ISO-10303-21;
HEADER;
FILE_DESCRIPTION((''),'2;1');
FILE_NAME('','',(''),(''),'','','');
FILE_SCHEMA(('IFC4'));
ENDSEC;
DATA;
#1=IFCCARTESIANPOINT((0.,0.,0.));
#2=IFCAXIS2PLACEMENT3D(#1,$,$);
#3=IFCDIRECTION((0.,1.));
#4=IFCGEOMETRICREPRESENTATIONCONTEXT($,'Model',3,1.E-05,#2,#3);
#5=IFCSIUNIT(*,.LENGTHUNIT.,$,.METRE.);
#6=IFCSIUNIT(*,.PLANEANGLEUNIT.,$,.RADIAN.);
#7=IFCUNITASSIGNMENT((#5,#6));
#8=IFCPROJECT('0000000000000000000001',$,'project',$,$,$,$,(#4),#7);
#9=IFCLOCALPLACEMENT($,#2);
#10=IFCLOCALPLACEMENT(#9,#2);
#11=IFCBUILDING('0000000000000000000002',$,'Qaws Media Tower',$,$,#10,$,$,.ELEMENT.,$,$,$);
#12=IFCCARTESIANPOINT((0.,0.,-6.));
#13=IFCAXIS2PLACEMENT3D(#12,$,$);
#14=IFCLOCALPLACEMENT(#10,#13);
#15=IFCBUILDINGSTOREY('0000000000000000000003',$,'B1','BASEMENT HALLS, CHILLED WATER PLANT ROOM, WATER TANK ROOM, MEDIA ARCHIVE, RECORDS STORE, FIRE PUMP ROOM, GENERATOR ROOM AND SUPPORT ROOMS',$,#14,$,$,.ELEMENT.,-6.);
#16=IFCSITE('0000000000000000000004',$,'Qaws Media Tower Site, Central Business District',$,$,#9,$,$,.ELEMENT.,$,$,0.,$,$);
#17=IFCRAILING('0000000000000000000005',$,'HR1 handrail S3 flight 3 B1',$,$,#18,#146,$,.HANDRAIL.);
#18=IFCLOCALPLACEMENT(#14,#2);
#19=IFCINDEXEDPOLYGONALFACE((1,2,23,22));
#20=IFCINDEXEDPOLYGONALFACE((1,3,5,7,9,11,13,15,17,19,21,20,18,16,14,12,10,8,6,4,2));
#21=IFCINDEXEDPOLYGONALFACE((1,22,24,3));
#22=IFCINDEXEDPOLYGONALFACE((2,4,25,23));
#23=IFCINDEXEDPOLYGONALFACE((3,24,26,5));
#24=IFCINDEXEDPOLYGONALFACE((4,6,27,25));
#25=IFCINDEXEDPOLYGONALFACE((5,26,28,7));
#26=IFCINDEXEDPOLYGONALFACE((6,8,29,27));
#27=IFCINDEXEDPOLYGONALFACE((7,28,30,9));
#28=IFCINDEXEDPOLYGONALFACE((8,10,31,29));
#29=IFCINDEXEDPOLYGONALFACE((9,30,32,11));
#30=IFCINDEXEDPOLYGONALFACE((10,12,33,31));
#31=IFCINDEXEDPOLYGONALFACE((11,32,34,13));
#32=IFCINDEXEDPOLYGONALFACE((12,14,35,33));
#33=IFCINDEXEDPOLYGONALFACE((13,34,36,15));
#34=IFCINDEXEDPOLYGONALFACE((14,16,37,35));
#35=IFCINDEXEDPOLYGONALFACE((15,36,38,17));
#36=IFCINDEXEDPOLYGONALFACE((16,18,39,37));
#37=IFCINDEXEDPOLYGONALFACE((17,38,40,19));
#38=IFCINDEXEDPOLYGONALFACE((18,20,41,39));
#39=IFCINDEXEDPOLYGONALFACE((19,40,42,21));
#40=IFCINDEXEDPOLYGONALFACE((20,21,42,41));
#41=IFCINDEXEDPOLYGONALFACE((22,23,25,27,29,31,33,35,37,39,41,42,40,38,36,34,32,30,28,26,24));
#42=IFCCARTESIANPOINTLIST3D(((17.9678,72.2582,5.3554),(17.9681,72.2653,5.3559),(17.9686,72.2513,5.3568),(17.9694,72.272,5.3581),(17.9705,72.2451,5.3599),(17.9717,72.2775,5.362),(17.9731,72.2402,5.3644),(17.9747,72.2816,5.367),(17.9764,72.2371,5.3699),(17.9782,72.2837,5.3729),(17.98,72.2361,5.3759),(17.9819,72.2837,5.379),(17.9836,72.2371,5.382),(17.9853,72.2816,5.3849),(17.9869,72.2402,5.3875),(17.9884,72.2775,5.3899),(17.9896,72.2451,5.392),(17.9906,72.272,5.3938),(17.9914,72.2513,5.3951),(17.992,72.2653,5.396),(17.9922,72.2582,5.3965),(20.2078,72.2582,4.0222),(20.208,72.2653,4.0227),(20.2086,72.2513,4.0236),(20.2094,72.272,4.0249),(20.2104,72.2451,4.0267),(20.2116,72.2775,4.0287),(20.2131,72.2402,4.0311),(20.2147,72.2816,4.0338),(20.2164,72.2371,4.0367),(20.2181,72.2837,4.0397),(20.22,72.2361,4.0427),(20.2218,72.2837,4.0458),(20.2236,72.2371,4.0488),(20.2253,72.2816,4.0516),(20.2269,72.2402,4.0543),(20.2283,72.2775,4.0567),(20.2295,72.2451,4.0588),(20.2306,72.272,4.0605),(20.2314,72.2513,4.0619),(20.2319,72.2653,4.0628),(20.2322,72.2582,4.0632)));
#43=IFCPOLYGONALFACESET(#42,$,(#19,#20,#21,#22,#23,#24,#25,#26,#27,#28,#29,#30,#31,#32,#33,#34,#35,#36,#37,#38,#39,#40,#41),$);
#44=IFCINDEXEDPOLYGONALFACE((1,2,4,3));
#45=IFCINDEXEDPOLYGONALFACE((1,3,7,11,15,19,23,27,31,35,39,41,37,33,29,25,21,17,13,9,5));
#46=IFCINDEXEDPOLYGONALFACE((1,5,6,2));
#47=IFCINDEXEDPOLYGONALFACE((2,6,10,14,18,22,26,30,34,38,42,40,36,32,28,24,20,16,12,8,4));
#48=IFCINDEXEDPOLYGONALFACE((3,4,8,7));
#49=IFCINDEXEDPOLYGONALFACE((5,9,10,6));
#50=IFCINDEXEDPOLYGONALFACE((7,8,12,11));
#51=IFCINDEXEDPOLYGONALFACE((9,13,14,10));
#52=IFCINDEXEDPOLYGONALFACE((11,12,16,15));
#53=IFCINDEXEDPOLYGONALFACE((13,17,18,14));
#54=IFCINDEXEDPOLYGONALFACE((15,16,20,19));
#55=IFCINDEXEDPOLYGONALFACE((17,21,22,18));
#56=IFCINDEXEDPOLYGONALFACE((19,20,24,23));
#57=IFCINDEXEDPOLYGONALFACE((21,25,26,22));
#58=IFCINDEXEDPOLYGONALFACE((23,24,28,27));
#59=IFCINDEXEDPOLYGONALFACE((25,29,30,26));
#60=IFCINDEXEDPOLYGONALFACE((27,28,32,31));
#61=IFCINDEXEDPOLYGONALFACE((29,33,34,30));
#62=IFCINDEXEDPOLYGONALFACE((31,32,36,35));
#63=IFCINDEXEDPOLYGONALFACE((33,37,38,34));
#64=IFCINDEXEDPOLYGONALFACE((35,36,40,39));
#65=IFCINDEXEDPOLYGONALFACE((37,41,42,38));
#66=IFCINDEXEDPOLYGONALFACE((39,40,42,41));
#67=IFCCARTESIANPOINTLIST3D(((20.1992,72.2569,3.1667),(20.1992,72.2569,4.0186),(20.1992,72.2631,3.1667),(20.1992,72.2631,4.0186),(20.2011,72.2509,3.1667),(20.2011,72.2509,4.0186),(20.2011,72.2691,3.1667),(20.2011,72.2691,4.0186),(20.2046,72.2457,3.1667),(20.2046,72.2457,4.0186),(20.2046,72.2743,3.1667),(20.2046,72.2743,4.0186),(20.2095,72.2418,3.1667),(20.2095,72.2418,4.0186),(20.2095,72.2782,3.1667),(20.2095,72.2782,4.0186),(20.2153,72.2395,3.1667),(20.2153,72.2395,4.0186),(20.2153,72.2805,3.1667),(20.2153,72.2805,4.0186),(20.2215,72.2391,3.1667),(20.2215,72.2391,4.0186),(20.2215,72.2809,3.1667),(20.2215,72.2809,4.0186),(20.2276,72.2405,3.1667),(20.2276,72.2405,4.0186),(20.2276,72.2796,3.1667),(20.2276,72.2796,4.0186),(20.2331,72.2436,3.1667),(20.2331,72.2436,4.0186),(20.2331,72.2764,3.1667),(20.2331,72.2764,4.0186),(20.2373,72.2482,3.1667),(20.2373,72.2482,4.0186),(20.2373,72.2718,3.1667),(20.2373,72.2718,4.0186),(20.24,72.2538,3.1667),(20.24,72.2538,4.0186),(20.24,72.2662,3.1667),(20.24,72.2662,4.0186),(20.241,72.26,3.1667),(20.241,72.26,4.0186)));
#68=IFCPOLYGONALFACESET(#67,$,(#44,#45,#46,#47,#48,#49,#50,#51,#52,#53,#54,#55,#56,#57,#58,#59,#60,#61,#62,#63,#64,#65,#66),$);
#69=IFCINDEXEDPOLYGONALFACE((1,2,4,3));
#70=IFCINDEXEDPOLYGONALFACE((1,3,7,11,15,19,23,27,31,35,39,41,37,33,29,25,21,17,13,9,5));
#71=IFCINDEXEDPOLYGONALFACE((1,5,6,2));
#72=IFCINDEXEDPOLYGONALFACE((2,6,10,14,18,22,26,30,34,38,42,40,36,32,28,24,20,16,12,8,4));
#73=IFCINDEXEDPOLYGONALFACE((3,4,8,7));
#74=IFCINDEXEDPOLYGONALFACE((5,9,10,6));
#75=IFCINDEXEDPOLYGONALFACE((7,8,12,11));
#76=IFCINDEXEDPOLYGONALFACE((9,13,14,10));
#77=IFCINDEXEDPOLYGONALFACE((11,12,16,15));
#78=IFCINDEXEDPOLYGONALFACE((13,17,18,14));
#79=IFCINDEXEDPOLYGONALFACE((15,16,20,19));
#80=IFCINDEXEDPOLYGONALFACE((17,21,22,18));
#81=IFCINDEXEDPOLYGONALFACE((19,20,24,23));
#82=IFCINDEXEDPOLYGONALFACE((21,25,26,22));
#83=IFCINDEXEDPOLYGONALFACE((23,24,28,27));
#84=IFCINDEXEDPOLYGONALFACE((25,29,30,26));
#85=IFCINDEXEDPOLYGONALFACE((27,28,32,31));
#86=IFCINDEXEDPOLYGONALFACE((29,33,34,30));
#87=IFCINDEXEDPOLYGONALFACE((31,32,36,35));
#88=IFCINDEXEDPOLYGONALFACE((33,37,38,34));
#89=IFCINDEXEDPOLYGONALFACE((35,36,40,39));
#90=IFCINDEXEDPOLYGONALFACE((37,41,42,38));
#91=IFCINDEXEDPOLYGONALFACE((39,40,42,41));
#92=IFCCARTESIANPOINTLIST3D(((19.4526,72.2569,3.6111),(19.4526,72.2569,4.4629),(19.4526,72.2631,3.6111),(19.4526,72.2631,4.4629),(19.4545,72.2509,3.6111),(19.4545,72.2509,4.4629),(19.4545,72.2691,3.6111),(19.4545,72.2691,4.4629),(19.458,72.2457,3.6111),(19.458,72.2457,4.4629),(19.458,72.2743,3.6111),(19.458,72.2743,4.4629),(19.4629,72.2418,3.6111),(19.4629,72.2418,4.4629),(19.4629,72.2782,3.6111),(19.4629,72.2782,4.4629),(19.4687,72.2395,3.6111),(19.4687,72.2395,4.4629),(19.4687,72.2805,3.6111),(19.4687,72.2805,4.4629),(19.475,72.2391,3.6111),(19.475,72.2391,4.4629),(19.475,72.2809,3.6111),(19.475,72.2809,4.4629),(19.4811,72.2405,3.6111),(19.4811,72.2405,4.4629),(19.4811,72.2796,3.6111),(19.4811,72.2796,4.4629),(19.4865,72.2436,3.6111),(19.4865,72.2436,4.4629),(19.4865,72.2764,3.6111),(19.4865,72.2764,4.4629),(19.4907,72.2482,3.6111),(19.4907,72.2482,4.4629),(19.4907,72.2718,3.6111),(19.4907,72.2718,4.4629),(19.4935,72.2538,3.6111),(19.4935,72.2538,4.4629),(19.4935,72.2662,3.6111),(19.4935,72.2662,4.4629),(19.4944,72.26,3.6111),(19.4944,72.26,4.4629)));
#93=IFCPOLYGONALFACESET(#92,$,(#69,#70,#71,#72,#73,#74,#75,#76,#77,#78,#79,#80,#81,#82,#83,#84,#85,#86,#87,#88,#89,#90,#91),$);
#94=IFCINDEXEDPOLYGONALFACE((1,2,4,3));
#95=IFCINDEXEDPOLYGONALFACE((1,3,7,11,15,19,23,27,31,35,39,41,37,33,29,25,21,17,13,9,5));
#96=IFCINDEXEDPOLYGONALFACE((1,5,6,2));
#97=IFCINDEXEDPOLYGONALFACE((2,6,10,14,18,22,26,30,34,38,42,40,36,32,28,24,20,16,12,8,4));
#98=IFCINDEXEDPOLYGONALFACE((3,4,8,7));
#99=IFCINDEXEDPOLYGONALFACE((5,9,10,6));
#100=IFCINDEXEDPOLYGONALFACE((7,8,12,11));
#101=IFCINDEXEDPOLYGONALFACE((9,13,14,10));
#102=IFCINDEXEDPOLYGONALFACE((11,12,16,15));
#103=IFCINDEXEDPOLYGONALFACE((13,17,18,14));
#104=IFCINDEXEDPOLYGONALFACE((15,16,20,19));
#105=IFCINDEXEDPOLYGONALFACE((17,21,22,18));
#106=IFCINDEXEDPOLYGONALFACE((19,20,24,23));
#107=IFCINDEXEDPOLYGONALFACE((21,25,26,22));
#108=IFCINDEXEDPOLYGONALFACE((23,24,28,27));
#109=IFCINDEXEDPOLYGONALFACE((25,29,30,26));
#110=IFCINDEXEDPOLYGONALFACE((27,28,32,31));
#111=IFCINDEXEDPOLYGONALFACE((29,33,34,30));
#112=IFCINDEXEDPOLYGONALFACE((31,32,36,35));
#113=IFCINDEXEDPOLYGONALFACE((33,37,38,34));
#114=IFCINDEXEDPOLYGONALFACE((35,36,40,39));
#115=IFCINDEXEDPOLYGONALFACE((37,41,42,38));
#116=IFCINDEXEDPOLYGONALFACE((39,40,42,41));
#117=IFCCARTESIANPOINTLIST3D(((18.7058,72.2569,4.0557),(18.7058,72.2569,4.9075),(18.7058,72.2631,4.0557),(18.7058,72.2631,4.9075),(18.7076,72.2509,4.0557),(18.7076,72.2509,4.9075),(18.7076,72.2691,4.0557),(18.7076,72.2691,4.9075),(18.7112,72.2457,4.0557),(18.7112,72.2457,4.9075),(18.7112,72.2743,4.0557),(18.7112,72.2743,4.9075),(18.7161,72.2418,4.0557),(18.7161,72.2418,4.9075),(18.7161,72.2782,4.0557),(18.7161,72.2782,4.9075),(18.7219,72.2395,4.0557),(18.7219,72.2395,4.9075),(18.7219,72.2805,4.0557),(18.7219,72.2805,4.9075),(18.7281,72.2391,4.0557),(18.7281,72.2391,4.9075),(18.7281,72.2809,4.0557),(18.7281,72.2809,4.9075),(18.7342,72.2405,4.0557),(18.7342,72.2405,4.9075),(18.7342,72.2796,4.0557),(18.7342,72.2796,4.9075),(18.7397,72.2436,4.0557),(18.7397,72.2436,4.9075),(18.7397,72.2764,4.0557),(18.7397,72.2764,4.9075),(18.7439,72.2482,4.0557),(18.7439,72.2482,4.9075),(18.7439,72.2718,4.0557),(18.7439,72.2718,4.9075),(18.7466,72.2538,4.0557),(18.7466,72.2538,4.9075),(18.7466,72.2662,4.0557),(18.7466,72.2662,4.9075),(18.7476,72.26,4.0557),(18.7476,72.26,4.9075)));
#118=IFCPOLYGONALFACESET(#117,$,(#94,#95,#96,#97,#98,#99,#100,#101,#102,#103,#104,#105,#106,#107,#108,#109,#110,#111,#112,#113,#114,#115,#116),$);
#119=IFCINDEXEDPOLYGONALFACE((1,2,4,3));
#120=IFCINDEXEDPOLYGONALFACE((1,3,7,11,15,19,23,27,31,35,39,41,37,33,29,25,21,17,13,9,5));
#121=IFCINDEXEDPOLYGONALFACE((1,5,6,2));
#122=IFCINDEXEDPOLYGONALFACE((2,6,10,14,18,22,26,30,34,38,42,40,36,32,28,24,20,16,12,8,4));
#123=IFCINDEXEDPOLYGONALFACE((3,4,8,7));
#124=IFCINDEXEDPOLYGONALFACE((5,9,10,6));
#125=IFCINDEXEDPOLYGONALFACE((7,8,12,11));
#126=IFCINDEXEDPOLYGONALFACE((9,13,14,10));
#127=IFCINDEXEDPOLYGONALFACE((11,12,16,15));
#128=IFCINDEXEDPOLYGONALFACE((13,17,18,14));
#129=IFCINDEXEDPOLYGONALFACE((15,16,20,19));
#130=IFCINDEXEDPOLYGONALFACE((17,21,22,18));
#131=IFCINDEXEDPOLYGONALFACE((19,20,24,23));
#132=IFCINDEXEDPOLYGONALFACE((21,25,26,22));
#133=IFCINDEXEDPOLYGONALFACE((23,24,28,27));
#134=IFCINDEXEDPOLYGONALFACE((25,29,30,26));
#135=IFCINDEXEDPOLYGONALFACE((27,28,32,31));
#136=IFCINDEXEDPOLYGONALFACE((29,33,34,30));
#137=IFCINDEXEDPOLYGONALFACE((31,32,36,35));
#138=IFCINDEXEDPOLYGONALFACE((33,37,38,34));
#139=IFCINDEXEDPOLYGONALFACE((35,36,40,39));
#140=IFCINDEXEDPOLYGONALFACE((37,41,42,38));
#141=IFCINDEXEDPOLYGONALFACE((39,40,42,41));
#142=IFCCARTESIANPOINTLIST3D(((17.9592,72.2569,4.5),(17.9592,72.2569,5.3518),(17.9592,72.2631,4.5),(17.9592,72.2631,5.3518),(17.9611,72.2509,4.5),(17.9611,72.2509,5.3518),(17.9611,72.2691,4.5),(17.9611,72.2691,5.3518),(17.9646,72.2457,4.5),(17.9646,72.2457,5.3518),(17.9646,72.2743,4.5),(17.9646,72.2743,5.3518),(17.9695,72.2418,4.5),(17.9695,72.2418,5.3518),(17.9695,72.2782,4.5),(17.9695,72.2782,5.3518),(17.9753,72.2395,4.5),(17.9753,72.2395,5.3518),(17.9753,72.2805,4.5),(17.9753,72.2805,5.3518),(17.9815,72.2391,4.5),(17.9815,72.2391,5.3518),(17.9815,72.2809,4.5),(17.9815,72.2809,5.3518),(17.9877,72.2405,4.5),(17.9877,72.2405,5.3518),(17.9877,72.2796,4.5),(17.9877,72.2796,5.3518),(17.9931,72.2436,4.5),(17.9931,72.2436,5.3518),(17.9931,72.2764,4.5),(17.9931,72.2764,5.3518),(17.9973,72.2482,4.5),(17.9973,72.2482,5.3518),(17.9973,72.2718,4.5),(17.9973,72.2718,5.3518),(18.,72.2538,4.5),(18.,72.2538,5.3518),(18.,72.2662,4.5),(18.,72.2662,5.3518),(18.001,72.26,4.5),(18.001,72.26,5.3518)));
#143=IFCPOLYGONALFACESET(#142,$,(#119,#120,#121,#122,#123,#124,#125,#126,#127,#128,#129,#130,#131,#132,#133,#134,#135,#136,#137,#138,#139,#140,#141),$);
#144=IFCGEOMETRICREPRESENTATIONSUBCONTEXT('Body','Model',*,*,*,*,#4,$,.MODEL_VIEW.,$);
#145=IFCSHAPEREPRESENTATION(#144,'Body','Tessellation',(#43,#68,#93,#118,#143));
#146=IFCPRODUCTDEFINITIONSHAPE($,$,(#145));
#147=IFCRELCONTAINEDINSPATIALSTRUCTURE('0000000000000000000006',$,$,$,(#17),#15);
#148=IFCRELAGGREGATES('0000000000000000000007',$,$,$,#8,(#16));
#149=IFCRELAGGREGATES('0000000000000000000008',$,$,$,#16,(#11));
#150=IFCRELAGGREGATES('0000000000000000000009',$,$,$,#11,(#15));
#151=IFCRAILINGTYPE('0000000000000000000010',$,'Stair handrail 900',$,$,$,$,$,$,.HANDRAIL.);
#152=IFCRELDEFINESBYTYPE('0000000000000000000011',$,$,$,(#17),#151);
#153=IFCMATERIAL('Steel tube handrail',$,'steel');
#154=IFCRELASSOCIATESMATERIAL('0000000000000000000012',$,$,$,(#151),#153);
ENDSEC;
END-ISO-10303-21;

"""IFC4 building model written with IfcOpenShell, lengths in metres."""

from ifc_helpers import new_model, si_unit, direction, frame, origin, origin_2d, place, context, subcontext, project, spatial, circle, extrude, material, type_object, element, save


model = new_model("IFC4")

# Units and contexts
model_context = context("Model", 3, precision=1e-05, world=origin(), true_north=direction((0.0, 1.0)))
body_context = subcontext(model_context, "Body", "Model", "MODEL_VIEW")
ifc_project = project(units=[si_unit("LENGTHUNIT", "METRE"), si_unit("PLANEANGLEUNIT", "RADIAN")], contexts=[model_context])

# Site, building, storey
site_placement = place(None, origin())
site = spatial("IfcSite", under=ifc_project, at=site_placement, Name="Qaws Media Tower Site, Central Business District", CompositionType="ELEMENT", RefElevation=0.0)
building_placement = place(site_placement, origin())
building = spatial("IfcBuilding", under=site, at=building_placement, Name="Qaws Media Tower", CompositionType="ELEMENT")
storey_placement = place(building_placement, frame((0.0, 0.0, -6.0)))
storey = spatial("IfcBuildingStorey", under=building, at=storey_placement, Name="B1", Description="BASEMENT HALLS, CHILLED WATER PLANT ROOM, WATER TANK ROOM, MEDIA ARCHIVE, RECORDS STORE, FIRE PUMP ROOM, GENERATOR ROOM AND SUPPORT ROOMS", CompositionType="ELEMENT", Elevation=-6.0)

# Railing
ifc_material_1 = material(Name="Steel tube handrail", Category="steel")
railing_type = type_object("IfcRailingType", Name="Stair handrail 900", PredefinedType="HANDRAIL", material=ifc_material_1)
for number, where, name in (
    (1, (20.22, 72.26, 3.1667), "HR1 handrail S3 flight 3 B1"),
):
    element("IfcRailing", number, at=place(storey_placement, frame(where)), inside=storey, type_object=railing_type, Name=name, PredefinedType="HANDRAIL", context=body_context, shape_type="SweptSolid", body=[
        extrude(circle(Radius=0.0239, at=origin_2d()), frame((0.0, 0.0, 0.876), z_axis=(-0.859306, 0.0, 0.511462), x_axis=(0.0, -1.0, 0.0)), (0.0, 0.0, 1.0), 2.6067),
        extrude(circle(Radius=0.021, at=origin_2d()), origin(), (0.0, 0.0, 1.0), 0.8518),
        extrude(circle(Radius=0.021, at=origin_2d()), frame((-0.7466, 0.0, 0.4443)), (0.0, 0.0, 1.0), 0.8518),
        extrude(circle(Radius=0.021, at=origin_2d()), frame((-1.4934, 0.0, 0.8889)), (0.0, 0.0, 1.0), 0.8518),
        extrude(circle(Radius=0.021, at=origin_2d()), frame((-2.24, 0.0, 1.3333)), (0.0, 0.0, 1.0), 0.8518),
    ])

save(model, "model.ifc")
